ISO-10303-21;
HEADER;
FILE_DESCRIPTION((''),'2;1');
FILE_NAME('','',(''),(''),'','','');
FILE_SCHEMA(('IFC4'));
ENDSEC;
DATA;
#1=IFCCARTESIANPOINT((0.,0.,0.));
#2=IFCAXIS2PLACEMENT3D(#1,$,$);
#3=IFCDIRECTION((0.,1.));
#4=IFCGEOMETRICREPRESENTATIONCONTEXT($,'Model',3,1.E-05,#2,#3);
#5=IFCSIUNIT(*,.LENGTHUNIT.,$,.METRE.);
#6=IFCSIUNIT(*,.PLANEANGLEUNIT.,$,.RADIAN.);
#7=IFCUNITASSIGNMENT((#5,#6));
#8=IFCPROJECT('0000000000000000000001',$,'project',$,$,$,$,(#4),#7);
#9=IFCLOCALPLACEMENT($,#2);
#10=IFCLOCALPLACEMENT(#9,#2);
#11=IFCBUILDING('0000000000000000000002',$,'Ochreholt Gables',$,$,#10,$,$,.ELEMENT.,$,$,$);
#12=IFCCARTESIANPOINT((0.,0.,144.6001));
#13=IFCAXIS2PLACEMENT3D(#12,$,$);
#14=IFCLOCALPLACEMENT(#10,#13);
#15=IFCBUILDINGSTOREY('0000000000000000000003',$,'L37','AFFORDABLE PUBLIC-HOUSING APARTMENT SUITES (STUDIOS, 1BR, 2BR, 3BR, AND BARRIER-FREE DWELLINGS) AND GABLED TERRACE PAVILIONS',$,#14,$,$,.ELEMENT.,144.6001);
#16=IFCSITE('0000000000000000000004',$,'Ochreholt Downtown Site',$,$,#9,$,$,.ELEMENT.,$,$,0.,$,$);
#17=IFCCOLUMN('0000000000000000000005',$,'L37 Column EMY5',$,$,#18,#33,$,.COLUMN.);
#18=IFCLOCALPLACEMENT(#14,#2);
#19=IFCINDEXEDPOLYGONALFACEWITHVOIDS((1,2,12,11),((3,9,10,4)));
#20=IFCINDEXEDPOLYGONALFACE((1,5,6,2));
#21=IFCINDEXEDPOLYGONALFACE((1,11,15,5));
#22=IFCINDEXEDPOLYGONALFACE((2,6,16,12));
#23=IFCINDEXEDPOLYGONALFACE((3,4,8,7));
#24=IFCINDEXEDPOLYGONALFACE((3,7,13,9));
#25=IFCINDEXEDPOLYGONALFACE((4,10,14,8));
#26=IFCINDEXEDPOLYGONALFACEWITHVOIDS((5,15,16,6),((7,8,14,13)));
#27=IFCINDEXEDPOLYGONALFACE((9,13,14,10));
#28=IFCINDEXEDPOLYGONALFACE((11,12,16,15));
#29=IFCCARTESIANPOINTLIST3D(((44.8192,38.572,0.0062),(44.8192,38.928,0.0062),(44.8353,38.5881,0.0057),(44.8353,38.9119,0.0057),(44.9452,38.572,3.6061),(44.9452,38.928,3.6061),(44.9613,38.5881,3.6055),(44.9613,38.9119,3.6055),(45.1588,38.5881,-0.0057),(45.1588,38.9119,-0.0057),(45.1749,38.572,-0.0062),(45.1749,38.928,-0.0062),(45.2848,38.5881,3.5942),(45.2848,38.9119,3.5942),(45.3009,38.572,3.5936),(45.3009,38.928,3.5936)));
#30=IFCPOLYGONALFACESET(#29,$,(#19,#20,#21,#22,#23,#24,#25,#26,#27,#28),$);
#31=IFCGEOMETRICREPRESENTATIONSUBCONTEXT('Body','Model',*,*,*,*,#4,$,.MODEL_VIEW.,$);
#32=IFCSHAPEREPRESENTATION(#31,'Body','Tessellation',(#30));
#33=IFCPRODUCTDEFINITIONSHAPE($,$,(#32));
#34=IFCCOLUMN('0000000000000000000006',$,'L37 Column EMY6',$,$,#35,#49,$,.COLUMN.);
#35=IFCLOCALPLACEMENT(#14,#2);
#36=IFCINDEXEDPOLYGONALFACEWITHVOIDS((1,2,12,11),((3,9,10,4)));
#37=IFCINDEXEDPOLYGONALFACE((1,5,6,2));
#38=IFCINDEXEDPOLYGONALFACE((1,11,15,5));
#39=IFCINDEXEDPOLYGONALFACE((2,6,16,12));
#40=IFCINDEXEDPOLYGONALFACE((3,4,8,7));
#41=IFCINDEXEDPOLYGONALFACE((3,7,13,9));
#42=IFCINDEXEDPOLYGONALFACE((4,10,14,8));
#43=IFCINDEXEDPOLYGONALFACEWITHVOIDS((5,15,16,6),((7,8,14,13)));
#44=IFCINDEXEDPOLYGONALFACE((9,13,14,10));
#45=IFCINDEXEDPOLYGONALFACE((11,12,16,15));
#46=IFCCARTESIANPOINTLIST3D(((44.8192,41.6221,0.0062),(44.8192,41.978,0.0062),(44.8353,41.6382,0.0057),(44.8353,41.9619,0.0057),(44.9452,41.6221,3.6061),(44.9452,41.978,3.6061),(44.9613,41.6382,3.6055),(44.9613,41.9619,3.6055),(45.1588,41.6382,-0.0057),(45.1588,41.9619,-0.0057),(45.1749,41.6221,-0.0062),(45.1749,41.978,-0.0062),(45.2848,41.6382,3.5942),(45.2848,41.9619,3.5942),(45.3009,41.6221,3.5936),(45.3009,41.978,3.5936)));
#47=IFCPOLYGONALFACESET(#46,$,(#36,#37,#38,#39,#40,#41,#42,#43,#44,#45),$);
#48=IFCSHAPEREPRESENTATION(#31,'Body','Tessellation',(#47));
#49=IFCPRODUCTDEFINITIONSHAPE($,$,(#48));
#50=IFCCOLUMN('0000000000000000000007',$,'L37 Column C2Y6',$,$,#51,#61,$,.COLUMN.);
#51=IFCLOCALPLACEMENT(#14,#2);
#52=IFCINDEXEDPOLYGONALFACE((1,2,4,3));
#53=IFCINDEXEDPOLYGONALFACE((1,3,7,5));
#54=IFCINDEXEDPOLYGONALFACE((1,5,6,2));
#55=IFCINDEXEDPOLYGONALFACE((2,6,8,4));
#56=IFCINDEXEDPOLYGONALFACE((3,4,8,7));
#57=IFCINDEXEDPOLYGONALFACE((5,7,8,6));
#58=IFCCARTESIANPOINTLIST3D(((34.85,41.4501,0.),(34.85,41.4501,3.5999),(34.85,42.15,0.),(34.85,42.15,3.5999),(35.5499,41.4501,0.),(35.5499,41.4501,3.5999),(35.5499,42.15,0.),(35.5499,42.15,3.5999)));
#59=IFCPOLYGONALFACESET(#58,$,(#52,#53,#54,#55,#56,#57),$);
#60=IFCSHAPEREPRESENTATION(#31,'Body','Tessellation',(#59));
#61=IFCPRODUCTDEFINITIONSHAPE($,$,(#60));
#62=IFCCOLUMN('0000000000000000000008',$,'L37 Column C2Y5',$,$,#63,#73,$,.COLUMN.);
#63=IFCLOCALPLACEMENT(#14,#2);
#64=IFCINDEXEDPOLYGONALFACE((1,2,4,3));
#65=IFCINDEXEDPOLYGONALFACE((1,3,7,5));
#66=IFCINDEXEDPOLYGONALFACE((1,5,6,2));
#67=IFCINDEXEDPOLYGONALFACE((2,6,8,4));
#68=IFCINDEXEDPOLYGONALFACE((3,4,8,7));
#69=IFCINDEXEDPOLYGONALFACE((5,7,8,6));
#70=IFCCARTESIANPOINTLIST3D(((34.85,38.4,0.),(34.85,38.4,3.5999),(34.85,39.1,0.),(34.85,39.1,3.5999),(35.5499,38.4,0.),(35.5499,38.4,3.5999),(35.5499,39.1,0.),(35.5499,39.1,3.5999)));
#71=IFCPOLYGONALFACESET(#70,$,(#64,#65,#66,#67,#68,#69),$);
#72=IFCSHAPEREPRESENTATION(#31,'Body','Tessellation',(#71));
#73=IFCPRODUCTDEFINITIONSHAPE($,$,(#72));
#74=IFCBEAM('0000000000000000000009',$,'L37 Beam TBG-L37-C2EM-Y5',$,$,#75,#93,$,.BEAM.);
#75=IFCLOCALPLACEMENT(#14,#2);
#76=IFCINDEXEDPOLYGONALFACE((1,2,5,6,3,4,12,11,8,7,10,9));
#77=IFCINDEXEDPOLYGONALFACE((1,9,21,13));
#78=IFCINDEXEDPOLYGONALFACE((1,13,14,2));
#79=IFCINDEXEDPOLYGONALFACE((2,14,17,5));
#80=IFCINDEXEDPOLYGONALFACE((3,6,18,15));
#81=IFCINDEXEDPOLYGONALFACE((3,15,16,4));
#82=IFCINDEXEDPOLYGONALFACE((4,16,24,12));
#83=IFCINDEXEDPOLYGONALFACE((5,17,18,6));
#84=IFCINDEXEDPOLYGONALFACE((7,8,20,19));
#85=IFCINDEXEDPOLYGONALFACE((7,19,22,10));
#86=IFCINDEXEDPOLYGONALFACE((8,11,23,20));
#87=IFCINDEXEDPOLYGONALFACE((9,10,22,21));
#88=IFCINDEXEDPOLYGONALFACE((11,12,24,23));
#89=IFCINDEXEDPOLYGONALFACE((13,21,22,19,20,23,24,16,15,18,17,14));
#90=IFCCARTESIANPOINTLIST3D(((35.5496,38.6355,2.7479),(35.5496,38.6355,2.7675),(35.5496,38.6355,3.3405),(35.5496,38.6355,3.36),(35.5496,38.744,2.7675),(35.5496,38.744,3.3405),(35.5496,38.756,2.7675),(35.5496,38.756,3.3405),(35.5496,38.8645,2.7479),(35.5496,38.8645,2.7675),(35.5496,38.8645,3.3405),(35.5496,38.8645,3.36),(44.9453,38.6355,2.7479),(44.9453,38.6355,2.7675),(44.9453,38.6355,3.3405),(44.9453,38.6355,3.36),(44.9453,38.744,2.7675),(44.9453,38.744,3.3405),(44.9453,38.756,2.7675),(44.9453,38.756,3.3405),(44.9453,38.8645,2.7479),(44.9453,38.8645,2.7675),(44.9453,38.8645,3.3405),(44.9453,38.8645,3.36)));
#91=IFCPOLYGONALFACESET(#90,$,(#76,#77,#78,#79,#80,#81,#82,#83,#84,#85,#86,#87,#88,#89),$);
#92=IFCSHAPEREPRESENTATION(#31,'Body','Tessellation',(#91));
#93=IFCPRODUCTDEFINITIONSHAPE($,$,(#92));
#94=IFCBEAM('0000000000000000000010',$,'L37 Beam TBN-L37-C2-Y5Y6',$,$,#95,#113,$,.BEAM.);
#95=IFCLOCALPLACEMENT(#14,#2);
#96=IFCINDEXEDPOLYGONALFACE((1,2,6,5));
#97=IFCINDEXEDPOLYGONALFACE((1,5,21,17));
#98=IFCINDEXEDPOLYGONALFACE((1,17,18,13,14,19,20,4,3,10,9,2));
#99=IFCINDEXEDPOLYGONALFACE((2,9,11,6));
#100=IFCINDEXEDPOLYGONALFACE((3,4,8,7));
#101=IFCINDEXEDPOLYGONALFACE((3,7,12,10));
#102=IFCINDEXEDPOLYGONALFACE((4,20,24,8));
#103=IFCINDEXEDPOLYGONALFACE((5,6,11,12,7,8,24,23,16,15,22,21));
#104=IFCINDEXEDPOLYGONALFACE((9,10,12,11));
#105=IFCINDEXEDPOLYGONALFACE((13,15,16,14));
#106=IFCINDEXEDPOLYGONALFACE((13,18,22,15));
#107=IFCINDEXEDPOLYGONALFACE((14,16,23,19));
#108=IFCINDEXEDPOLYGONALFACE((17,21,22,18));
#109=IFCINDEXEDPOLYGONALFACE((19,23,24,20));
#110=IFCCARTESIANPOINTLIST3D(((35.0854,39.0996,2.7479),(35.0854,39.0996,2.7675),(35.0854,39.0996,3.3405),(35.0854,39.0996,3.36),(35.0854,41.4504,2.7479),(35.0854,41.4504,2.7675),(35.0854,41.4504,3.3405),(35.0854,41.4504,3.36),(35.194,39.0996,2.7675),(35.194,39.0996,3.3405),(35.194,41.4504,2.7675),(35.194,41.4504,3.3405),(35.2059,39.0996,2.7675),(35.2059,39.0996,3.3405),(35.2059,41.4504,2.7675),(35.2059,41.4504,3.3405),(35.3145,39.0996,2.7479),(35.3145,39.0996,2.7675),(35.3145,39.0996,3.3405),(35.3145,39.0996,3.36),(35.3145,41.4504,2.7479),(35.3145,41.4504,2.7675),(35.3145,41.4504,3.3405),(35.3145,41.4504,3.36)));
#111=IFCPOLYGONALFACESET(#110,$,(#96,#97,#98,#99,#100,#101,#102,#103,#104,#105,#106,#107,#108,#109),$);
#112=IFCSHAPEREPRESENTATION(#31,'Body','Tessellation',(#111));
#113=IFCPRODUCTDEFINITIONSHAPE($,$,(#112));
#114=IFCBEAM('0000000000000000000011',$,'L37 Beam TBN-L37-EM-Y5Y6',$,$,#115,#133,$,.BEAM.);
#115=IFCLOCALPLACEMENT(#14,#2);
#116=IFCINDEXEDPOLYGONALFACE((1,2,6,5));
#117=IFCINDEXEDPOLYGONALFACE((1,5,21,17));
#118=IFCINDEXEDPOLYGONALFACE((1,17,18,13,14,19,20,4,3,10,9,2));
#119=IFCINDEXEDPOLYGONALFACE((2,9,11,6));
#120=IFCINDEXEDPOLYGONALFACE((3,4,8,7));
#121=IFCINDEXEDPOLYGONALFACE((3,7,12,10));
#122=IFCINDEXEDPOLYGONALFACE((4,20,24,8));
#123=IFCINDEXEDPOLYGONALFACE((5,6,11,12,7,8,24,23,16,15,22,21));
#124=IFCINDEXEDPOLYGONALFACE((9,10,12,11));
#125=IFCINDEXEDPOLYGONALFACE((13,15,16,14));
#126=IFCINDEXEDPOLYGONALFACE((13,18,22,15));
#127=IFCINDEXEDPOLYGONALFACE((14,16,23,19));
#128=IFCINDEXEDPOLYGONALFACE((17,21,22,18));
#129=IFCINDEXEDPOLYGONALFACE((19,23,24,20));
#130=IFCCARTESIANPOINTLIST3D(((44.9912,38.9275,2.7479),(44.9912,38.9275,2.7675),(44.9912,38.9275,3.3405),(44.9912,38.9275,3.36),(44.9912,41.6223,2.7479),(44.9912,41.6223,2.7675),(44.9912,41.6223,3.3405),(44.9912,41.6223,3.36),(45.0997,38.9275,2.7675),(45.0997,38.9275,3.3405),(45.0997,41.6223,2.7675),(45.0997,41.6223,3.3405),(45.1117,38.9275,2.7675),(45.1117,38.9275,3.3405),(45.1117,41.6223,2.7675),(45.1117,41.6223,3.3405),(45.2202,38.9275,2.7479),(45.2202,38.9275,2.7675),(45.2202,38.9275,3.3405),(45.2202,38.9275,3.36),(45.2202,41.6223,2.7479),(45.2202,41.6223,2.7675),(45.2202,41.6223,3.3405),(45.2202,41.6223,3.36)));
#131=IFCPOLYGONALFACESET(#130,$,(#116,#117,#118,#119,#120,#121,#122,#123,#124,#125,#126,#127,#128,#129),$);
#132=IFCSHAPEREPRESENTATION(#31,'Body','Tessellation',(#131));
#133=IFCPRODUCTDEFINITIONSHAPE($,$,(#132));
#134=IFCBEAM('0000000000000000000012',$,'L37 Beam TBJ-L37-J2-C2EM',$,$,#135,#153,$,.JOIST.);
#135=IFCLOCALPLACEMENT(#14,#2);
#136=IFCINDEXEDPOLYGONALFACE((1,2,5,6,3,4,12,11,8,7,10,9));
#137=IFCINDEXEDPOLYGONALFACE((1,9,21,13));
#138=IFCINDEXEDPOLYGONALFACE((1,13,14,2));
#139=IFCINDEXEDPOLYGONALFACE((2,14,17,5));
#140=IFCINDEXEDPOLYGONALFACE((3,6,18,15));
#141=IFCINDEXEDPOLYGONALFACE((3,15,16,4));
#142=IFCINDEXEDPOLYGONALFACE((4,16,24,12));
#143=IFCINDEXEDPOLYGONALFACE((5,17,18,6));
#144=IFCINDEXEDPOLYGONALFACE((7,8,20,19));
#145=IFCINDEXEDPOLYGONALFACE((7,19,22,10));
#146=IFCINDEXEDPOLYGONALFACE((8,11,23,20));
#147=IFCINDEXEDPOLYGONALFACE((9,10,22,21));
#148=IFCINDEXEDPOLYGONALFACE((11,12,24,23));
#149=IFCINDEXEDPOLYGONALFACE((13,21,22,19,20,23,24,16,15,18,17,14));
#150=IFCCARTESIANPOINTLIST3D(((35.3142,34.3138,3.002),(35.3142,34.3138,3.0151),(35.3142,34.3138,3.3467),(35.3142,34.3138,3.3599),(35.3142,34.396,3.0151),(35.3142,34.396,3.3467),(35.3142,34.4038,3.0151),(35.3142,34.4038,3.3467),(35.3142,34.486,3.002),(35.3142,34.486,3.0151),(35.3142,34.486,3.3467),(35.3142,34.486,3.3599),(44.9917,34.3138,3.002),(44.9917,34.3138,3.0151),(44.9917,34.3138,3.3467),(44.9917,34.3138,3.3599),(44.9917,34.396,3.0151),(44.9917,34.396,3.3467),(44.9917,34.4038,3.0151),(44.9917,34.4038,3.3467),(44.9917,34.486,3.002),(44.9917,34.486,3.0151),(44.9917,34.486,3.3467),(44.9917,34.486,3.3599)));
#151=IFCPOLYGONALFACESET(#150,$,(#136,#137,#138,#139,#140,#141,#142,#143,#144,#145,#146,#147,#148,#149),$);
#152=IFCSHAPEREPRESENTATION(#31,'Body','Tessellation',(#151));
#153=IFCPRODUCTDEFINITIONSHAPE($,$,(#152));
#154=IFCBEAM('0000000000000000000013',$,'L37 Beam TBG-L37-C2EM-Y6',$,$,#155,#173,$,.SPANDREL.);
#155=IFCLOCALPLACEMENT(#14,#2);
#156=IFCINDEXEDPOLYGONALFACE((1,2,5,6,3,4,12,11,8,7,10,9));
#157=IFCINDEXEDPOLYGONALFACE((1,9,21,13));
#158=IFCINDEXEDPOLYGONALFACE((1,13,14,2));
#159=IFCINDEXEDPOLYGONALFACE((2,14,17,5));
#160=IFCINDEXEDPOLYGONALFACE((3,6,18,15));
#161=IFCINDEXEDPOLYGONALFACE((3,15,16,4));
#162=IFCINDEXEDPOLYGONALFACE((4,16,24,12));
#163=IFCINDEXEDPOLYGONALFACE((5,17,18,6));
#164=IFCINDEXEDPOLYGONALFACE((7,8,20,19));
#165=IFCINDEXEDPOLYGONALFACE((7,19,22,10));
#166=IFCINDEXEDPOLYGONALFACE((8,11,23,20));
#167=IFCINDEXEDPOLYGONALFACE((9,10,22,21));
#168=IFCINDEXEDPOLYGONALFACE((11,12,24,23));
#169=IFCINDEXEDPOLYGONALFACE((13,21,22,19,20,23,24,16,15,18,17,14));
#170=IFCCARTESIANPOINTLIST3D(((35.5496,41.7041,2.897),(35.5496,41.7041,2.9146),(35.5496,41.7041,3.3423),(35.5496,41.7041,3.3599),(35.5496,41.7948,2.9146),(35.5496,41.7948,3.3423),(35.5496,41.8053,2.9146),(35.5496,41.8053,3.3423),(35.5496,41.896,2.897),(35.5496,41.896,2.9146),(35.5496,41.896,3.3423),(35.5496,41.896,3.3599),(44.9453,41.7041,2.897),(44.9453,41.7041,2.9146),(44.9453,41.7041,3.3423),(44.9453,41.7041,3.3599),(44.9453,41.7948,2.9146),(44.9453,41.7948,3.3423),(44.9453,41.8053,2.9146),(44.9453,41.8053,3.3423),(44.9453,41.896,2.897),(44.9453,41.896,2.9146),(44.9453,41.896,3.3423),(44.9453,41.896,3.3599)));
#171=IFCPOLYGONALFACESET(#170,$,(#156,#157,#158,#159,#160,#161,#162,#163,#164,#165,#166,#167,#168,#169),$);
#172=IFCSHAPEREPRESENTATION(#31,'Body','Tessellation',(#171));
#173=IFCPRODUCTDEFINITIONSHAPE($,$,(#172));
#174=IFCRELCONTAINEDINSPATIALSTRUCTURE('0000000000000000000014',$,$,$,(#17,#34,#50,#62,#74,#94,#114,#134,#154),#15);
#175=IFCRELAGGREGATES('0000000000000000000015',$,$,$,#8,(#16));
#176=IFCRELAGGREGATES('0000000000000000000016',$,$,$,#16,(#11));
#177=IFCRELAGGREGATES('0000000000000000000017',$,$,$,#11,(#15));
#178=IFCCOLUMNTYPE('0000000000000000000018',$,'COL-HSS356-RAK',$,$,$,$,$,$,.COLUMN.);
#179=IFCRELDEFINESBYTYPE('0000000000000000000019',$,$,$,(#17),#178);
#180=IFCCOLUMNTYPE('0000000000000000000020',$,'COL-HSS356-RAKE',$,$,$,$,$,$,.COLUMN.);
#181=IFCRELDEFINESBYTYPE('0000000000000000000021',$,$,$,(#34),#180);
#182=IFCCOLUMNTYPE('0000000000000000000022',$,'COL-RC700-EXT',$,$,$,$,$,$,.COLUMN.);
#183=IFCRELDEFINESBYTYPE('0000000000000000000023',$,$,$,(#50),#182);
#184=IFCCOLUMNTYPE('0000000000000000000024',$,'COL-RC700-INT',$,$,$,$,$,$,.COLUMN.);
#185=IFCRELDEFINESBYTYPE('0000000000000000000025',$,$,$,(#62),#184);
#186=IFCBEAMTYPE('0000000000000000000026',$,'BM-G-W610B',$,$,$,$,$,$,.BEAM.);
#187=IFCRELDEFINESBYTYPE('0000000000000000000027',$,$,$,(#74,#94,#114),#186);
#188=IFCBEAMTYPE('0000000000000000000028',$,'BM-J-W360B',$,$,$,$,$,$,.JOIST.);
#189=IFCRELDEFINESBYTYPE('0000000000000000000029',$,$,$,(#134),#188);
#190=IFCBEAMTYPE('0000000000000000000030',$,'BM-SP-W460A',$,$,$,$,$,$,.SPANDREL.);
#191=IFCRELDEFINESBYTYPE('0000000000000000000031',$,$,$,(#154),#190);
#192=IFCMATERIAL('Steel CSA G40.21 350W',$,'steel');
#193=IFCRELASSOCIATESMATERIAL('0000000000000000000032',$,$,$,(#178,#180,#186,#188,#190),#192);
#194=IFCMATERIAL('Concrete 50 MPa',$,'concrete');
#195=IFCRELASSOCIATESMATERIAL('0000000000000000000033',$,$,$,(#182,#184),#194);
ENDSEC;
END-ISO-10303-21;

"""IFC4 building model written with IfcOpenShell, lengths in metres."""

from ifc_helpers import new_model, si_unit, direction, frame, origin, origin_2d, place, context, subcontext, project, spatial, rectangle, hollow_rectangle, i_section, extrude, material, material_profile, profile_set, type_object, element, save


model = new_model("IFC4")

# Units and contexts
model_context = context("Model", 3, precision=1e-05, world=origin(), true_north=direction((0.0, 1.0)))
body_context = subcontext(model_context, "Body", "Model", "MODEL_VIEW")
ifc_project = project(units=[si_unit("LENGTHUNIT", "METRE"), si_unit("PLANEANGLEUNIT", "RADIAN")], contexts=[model_context])

# Site, building, storey
site_placement = place(None, origin())
site = spatial("IfcSite", under=ifc_project, at=site_placement, Name="Ochreholt Downtown Site", CompositionType="ELEMENT", RefElevation=0.0)
building_placement = place(site_placement, origin())
building = spatial("IfcBuilding", under=site, at=building_placement, Name="Ochreholt Gables", CompositionType="ELEMENT")
storey_placement = place(building_placement, frame((0.0, 0.0, 144.6001)))
storey = spatial("IfcBuildingStorey", under=building, at=storey_placement, Name="L37", Description="AFFORDABLE PUBLIC-HOUSING APARTMENT SUITES (STUDIOS, 1BR, 2BR, 3BR, AND BARRIER-FREE DWELLINGS) AND GABLED TERRACE PAVILIONS", CompositionType="ELEMENT", Elevation=144.6001)

# Columns
ifc_material_1 = material(Name="Steel CSA G40.21 350W", Category="steel")
ifc_material_profile_1 = material_profile(ifc_material_1, hollow_rectangle(XDim=0.356, YDim=0.356, WallThickness=0.0161, at=origin_2d()), Name="HSS356X356X16")
ifc_profile_set_1 = profile_set([ifc_material_profile_1], Name="Steel CSA G40.21 350W")
column_type_1 = type_object("IfcColumnType", Name="COL-HSS356-RAK", PredefinedType="COLUMN", material=ifc_profile_set_1)
column_1_placement = place(storey_placement, frame((44.9971, 38.75, 0.0), z_axis=(0.034974, 0.0, 0.999388), x_axis=(0.0, 1.0, 0.0)))
element("IfcColumn", 1, at=column_1_placement, inside=storey, type_object=column_type_1, Name="L37 Column EMY5", PredefinedType="COLUMN", context=body_context, shape_type="SweptSolid", body=[
    extrude(hollow_rectangle(XDim=0.356, YDim=0.356, WallThickness=0.0161, at=origin_2d()), origin(), (0.0, 0.0, 1.0), 3.6021),
])
ifc_material_profile_2 = material_profile(ifc_material_1, hollow_rectangle(XDim=0.356, YDim=0.356, WallThickness=0.0161, at=origin_2d()), Name="HSS356X356X16")
ifc_profile_set_2 = profile_set([ifc_material_profile_2], Name="Steel CSA G40.21 350W")
column_type_2 = type_object("IfcColumnType", Name="COL-HSS356-RAKE", PredefinedType="COLUMN", material=ifc_profile_set_2)
column_2_placement = place(storey_placement, frame((44.9971, 41.8, 0.0), z_axis=(0.034974, 0.0, 0.999388), x_axis=(0.0, 1.0, 0.0)))
element("IfcColumn", 2, at=column_2_placement, inside=storey, type_object=column_type_2, Name="L37 Column EMY6", PredefinedType="COLUMN", context=body_context, shape_type="SweptSolid", body=[
    extrude(hollow_rectangle(XDim=0.356, YDim=0.356, WallThickness=0.0161, at=origin_2d()), origin(), (0.0, 0.0, 1.0), 3.6021),
])
ifc_material_2 = material(Name="Concrete 50 MPa", Category="concrete")
ifc_material_profile_3 = material_profile(ifc_material_2, rectangle(XDim=0.7, YDim=0.7, at=origin_2d()), Name="RC700X700")
ifc_profile_set_3 = profile_set([ifc_material_profile_3], Name="Concrete 50 MPa")
column_type_3 = type_object("IfcColumnType", Name="COL-RC700-EXT", PredefinedType="COLUMN", material=ifc_profile_set_3)
column_3_placement = place(storey_placement, frame((35.2, 41.8, 0.0), z_axis=(0.0, 0.0, 1.0), x_axis=(1.0, 0.0, 0.0)))
element("IfcColumn", 3, at=column_3_placement, inside=storey, type_object=column_type_3, Name="L37 Column C2Y6", PredefinedType="COLUMN", context=body_context, shape_type="SweptSolid", body=[
    extrude(rectangle(XDim=0.7, YDim=0.7, at=origin_2d()), origin(), (0.0, 0.0, 1.0), 3.5999),
])
ifc_material_profile_4 = material_profile(ifc_material_2, rectangle(XDim=0.7, YDim=0.7, at=origin_2d()), Name="RC700X700")
ifc_profile_set_4 = profile_set([ifc_material_profile_4], Name="Concrete 50 MPa")
column_type_4 = type_object("IfcColumnType", Name="COL-RC700-INT", PredefinedType="COLUMN", material=ifc_profile_set_4)
column_4_placement = place(storey_placement, frame((35.2, 38.75, 0.0), z_axis=(0.0, 0.0, 1.0), x_axis=(1.0, 0.0, 0.0)))
element("IfcColumn", 4, at=column_4_placement, inside=storey, type_object=column_type_4, Name="L37 Column C2Y5", PredefinedType="COLUMN", context=body_context, shape_type="SweptSolid", body=[
    extrude(rectangle(XDim=0.7, YDim=0.7, at=origin_2d()), origin(), (0.0, 0.0, 1.0), 3.5999),
])

# Beams
ifc_material_profile_5 = material_profile(ifc_material_1, i_section(OverallWidth=0.229, OverallDepth=0.6121, WebThickness=0.012, FlangeThickness=0.0195, at=origin_2d()), Name="W610X125")
ifc_profile_set_5 = profile_set([ifc_material_profile_5], Name="Steel CSA G40.21 350W")
beam_type_1 = type_object("IfcBeamType", Name="BM-G-W610B", PredefinedType="BEAM", material=ifc_profile_set_5)
beam_1_placement = place(storey_placement, frame((35.5496, 38.75, 3.054), z_axis=(1.0, 0.0, 0.0), x_axis=(0.0, 1.0, 0.0)))
element("IfcBeam", 5, at=beam_1_placement, inside=storey, type_object=beam_type_1, Name="L37 Beam TBG-L37-C2EM-Y5", PredefinedType="BEAM", context=body_context, shape_type="SweptSolid", body=[
    extrude(i_section(OverallWidth=0.229, OverallDepth=0.6121, WebThickness=0.012, FlangeThickness=0.0195, at=origin_2d()), origin(), (0.0, 0.0, 1.0), 9.3958),
])
beam_2_placement = place(storey_placement, frame((35.2, 39.0996, 3.054), z_axis=(0.0, 1.0, 0.0), x_axis=(-1.0, 0.0, 0.0)))
element("IfcBeam", 6, at=beam_2_placement, inside=storey, type_object=beam_type_1, Name="L37 Beam TBN-L37-C2-Y5Y6", PredefinedType="BEAM", context=body_context, shape_type="SweptSolid", body=[
    extrude(i_section(OverallWidth=0.229, OverallDepth=0.6121, WebThickness=0.012, FlangeThickness=0.0195, at=origin_2d()), origin(), (0.0, 0.0, 1.0), 2.3508),
])
beam_3_placement = place(storey_placement, frame((45.1057, 38.9275, 3.054), z_axis=(0.0, 1.0, 0.0), x_axis=(-1.0, 0.0, 0.0)))
element("IfcBeam", 7, at=beam_3_placement, inside=storey, type_object=beam_type_1, Name="L37 Beam TBN-L37-EM-Y5Y6", PredefinedType="BEAM", context=body_context, shape_type="SweptSolid", body=[
    extrude(i_section(OverallWidth=0.229, OverallDepth=0.6121, WebThickness=0.012, FlangeThickness=0.0195, at=origin_2d()), origin(), (0.0, 0.0, 1.0), 2.6948),
])
ifc_material_profile_6 = material_profile(ifc_material_1, i_section(OverallWidth=0.1721, OverallDepth=0.3579, WebThickness=0.0078, FlangeThickness=0.0132, at=origin_2d()), Name="W360X57")
ifc_profile_set_6 = profile_set([ifc_material_profile_6], Name="Steel CSA G40.21 350W")
beam_type_2 = type_object("IfcBeamType", Name="BM-J-W360B", PredefinedType="JOIST", material=ifc_profile_set_6)
beam_4_placement = place(storey_placement, frame((35.3142, 34.3999, 3.1809), z_axis=(1.0, 0.0, 0.0), x_axis=(0.0, 1.0, 0.0)))
element("IfcBeam", 8, at=beam_4_placement, inside=storey, type_object=beam_type_2, Name="L37 Beam TBJ-L37-J2-C2EM", PredefinedType="JOIST", context=body_context, shape_type="SweptSolid", body=[
    extrude(i_section(OverallWidth=0.1721, OverallDepth=0.3579, WebThickness=0.0078, FlangeThickness=0.0132, at=origin_2d()), origin(), (0.0, 0.0, 1.0), 9.6775),
])
ifc_material_profile_7 = material_profile(ifc_material_1, i_section(OverallWidth=0.1919, OverallDepth=0.4629, WebThickness=0.0105, FlangeThickness=0.0176, at=origin_2d()), Name="W460X89")
ifc_profile_set_7 = profile_set([ifc_material_profile_7], Name="Steel CSA G40.21 350W")
beam_type_3 = type_object("IfcBeamType", Name="BM-SP-W460A", PredefinedType="SPANDREL", material=ifc_profile_set_7)
beam_5_placement = place(storey_placement, frame((35.5496, 41.8, 3.1284), z_axis=(1.0, 0.0, 0.0), x_axis=(0.0, 1.0, 0.0)))
element("IfcBeam", 9, at=beam_5_placement, inside=storey, type_object=beam_type_3, Name="L37 Beam TBG-L37-C2EM-Y6", PredefinedType="SPANDREL", context=body_context, shape_type="SweptSolid", body=[
    extrude(i_section(OverallWidth=0.1919, OverallDepth=0.4629, WebThickness=0.0105, FlangeThickness=0.0176, at=origin_2d()), origin(), (0.0, 0.0, 1.0), 9.3958),
])

save(model, "model.ifc")
